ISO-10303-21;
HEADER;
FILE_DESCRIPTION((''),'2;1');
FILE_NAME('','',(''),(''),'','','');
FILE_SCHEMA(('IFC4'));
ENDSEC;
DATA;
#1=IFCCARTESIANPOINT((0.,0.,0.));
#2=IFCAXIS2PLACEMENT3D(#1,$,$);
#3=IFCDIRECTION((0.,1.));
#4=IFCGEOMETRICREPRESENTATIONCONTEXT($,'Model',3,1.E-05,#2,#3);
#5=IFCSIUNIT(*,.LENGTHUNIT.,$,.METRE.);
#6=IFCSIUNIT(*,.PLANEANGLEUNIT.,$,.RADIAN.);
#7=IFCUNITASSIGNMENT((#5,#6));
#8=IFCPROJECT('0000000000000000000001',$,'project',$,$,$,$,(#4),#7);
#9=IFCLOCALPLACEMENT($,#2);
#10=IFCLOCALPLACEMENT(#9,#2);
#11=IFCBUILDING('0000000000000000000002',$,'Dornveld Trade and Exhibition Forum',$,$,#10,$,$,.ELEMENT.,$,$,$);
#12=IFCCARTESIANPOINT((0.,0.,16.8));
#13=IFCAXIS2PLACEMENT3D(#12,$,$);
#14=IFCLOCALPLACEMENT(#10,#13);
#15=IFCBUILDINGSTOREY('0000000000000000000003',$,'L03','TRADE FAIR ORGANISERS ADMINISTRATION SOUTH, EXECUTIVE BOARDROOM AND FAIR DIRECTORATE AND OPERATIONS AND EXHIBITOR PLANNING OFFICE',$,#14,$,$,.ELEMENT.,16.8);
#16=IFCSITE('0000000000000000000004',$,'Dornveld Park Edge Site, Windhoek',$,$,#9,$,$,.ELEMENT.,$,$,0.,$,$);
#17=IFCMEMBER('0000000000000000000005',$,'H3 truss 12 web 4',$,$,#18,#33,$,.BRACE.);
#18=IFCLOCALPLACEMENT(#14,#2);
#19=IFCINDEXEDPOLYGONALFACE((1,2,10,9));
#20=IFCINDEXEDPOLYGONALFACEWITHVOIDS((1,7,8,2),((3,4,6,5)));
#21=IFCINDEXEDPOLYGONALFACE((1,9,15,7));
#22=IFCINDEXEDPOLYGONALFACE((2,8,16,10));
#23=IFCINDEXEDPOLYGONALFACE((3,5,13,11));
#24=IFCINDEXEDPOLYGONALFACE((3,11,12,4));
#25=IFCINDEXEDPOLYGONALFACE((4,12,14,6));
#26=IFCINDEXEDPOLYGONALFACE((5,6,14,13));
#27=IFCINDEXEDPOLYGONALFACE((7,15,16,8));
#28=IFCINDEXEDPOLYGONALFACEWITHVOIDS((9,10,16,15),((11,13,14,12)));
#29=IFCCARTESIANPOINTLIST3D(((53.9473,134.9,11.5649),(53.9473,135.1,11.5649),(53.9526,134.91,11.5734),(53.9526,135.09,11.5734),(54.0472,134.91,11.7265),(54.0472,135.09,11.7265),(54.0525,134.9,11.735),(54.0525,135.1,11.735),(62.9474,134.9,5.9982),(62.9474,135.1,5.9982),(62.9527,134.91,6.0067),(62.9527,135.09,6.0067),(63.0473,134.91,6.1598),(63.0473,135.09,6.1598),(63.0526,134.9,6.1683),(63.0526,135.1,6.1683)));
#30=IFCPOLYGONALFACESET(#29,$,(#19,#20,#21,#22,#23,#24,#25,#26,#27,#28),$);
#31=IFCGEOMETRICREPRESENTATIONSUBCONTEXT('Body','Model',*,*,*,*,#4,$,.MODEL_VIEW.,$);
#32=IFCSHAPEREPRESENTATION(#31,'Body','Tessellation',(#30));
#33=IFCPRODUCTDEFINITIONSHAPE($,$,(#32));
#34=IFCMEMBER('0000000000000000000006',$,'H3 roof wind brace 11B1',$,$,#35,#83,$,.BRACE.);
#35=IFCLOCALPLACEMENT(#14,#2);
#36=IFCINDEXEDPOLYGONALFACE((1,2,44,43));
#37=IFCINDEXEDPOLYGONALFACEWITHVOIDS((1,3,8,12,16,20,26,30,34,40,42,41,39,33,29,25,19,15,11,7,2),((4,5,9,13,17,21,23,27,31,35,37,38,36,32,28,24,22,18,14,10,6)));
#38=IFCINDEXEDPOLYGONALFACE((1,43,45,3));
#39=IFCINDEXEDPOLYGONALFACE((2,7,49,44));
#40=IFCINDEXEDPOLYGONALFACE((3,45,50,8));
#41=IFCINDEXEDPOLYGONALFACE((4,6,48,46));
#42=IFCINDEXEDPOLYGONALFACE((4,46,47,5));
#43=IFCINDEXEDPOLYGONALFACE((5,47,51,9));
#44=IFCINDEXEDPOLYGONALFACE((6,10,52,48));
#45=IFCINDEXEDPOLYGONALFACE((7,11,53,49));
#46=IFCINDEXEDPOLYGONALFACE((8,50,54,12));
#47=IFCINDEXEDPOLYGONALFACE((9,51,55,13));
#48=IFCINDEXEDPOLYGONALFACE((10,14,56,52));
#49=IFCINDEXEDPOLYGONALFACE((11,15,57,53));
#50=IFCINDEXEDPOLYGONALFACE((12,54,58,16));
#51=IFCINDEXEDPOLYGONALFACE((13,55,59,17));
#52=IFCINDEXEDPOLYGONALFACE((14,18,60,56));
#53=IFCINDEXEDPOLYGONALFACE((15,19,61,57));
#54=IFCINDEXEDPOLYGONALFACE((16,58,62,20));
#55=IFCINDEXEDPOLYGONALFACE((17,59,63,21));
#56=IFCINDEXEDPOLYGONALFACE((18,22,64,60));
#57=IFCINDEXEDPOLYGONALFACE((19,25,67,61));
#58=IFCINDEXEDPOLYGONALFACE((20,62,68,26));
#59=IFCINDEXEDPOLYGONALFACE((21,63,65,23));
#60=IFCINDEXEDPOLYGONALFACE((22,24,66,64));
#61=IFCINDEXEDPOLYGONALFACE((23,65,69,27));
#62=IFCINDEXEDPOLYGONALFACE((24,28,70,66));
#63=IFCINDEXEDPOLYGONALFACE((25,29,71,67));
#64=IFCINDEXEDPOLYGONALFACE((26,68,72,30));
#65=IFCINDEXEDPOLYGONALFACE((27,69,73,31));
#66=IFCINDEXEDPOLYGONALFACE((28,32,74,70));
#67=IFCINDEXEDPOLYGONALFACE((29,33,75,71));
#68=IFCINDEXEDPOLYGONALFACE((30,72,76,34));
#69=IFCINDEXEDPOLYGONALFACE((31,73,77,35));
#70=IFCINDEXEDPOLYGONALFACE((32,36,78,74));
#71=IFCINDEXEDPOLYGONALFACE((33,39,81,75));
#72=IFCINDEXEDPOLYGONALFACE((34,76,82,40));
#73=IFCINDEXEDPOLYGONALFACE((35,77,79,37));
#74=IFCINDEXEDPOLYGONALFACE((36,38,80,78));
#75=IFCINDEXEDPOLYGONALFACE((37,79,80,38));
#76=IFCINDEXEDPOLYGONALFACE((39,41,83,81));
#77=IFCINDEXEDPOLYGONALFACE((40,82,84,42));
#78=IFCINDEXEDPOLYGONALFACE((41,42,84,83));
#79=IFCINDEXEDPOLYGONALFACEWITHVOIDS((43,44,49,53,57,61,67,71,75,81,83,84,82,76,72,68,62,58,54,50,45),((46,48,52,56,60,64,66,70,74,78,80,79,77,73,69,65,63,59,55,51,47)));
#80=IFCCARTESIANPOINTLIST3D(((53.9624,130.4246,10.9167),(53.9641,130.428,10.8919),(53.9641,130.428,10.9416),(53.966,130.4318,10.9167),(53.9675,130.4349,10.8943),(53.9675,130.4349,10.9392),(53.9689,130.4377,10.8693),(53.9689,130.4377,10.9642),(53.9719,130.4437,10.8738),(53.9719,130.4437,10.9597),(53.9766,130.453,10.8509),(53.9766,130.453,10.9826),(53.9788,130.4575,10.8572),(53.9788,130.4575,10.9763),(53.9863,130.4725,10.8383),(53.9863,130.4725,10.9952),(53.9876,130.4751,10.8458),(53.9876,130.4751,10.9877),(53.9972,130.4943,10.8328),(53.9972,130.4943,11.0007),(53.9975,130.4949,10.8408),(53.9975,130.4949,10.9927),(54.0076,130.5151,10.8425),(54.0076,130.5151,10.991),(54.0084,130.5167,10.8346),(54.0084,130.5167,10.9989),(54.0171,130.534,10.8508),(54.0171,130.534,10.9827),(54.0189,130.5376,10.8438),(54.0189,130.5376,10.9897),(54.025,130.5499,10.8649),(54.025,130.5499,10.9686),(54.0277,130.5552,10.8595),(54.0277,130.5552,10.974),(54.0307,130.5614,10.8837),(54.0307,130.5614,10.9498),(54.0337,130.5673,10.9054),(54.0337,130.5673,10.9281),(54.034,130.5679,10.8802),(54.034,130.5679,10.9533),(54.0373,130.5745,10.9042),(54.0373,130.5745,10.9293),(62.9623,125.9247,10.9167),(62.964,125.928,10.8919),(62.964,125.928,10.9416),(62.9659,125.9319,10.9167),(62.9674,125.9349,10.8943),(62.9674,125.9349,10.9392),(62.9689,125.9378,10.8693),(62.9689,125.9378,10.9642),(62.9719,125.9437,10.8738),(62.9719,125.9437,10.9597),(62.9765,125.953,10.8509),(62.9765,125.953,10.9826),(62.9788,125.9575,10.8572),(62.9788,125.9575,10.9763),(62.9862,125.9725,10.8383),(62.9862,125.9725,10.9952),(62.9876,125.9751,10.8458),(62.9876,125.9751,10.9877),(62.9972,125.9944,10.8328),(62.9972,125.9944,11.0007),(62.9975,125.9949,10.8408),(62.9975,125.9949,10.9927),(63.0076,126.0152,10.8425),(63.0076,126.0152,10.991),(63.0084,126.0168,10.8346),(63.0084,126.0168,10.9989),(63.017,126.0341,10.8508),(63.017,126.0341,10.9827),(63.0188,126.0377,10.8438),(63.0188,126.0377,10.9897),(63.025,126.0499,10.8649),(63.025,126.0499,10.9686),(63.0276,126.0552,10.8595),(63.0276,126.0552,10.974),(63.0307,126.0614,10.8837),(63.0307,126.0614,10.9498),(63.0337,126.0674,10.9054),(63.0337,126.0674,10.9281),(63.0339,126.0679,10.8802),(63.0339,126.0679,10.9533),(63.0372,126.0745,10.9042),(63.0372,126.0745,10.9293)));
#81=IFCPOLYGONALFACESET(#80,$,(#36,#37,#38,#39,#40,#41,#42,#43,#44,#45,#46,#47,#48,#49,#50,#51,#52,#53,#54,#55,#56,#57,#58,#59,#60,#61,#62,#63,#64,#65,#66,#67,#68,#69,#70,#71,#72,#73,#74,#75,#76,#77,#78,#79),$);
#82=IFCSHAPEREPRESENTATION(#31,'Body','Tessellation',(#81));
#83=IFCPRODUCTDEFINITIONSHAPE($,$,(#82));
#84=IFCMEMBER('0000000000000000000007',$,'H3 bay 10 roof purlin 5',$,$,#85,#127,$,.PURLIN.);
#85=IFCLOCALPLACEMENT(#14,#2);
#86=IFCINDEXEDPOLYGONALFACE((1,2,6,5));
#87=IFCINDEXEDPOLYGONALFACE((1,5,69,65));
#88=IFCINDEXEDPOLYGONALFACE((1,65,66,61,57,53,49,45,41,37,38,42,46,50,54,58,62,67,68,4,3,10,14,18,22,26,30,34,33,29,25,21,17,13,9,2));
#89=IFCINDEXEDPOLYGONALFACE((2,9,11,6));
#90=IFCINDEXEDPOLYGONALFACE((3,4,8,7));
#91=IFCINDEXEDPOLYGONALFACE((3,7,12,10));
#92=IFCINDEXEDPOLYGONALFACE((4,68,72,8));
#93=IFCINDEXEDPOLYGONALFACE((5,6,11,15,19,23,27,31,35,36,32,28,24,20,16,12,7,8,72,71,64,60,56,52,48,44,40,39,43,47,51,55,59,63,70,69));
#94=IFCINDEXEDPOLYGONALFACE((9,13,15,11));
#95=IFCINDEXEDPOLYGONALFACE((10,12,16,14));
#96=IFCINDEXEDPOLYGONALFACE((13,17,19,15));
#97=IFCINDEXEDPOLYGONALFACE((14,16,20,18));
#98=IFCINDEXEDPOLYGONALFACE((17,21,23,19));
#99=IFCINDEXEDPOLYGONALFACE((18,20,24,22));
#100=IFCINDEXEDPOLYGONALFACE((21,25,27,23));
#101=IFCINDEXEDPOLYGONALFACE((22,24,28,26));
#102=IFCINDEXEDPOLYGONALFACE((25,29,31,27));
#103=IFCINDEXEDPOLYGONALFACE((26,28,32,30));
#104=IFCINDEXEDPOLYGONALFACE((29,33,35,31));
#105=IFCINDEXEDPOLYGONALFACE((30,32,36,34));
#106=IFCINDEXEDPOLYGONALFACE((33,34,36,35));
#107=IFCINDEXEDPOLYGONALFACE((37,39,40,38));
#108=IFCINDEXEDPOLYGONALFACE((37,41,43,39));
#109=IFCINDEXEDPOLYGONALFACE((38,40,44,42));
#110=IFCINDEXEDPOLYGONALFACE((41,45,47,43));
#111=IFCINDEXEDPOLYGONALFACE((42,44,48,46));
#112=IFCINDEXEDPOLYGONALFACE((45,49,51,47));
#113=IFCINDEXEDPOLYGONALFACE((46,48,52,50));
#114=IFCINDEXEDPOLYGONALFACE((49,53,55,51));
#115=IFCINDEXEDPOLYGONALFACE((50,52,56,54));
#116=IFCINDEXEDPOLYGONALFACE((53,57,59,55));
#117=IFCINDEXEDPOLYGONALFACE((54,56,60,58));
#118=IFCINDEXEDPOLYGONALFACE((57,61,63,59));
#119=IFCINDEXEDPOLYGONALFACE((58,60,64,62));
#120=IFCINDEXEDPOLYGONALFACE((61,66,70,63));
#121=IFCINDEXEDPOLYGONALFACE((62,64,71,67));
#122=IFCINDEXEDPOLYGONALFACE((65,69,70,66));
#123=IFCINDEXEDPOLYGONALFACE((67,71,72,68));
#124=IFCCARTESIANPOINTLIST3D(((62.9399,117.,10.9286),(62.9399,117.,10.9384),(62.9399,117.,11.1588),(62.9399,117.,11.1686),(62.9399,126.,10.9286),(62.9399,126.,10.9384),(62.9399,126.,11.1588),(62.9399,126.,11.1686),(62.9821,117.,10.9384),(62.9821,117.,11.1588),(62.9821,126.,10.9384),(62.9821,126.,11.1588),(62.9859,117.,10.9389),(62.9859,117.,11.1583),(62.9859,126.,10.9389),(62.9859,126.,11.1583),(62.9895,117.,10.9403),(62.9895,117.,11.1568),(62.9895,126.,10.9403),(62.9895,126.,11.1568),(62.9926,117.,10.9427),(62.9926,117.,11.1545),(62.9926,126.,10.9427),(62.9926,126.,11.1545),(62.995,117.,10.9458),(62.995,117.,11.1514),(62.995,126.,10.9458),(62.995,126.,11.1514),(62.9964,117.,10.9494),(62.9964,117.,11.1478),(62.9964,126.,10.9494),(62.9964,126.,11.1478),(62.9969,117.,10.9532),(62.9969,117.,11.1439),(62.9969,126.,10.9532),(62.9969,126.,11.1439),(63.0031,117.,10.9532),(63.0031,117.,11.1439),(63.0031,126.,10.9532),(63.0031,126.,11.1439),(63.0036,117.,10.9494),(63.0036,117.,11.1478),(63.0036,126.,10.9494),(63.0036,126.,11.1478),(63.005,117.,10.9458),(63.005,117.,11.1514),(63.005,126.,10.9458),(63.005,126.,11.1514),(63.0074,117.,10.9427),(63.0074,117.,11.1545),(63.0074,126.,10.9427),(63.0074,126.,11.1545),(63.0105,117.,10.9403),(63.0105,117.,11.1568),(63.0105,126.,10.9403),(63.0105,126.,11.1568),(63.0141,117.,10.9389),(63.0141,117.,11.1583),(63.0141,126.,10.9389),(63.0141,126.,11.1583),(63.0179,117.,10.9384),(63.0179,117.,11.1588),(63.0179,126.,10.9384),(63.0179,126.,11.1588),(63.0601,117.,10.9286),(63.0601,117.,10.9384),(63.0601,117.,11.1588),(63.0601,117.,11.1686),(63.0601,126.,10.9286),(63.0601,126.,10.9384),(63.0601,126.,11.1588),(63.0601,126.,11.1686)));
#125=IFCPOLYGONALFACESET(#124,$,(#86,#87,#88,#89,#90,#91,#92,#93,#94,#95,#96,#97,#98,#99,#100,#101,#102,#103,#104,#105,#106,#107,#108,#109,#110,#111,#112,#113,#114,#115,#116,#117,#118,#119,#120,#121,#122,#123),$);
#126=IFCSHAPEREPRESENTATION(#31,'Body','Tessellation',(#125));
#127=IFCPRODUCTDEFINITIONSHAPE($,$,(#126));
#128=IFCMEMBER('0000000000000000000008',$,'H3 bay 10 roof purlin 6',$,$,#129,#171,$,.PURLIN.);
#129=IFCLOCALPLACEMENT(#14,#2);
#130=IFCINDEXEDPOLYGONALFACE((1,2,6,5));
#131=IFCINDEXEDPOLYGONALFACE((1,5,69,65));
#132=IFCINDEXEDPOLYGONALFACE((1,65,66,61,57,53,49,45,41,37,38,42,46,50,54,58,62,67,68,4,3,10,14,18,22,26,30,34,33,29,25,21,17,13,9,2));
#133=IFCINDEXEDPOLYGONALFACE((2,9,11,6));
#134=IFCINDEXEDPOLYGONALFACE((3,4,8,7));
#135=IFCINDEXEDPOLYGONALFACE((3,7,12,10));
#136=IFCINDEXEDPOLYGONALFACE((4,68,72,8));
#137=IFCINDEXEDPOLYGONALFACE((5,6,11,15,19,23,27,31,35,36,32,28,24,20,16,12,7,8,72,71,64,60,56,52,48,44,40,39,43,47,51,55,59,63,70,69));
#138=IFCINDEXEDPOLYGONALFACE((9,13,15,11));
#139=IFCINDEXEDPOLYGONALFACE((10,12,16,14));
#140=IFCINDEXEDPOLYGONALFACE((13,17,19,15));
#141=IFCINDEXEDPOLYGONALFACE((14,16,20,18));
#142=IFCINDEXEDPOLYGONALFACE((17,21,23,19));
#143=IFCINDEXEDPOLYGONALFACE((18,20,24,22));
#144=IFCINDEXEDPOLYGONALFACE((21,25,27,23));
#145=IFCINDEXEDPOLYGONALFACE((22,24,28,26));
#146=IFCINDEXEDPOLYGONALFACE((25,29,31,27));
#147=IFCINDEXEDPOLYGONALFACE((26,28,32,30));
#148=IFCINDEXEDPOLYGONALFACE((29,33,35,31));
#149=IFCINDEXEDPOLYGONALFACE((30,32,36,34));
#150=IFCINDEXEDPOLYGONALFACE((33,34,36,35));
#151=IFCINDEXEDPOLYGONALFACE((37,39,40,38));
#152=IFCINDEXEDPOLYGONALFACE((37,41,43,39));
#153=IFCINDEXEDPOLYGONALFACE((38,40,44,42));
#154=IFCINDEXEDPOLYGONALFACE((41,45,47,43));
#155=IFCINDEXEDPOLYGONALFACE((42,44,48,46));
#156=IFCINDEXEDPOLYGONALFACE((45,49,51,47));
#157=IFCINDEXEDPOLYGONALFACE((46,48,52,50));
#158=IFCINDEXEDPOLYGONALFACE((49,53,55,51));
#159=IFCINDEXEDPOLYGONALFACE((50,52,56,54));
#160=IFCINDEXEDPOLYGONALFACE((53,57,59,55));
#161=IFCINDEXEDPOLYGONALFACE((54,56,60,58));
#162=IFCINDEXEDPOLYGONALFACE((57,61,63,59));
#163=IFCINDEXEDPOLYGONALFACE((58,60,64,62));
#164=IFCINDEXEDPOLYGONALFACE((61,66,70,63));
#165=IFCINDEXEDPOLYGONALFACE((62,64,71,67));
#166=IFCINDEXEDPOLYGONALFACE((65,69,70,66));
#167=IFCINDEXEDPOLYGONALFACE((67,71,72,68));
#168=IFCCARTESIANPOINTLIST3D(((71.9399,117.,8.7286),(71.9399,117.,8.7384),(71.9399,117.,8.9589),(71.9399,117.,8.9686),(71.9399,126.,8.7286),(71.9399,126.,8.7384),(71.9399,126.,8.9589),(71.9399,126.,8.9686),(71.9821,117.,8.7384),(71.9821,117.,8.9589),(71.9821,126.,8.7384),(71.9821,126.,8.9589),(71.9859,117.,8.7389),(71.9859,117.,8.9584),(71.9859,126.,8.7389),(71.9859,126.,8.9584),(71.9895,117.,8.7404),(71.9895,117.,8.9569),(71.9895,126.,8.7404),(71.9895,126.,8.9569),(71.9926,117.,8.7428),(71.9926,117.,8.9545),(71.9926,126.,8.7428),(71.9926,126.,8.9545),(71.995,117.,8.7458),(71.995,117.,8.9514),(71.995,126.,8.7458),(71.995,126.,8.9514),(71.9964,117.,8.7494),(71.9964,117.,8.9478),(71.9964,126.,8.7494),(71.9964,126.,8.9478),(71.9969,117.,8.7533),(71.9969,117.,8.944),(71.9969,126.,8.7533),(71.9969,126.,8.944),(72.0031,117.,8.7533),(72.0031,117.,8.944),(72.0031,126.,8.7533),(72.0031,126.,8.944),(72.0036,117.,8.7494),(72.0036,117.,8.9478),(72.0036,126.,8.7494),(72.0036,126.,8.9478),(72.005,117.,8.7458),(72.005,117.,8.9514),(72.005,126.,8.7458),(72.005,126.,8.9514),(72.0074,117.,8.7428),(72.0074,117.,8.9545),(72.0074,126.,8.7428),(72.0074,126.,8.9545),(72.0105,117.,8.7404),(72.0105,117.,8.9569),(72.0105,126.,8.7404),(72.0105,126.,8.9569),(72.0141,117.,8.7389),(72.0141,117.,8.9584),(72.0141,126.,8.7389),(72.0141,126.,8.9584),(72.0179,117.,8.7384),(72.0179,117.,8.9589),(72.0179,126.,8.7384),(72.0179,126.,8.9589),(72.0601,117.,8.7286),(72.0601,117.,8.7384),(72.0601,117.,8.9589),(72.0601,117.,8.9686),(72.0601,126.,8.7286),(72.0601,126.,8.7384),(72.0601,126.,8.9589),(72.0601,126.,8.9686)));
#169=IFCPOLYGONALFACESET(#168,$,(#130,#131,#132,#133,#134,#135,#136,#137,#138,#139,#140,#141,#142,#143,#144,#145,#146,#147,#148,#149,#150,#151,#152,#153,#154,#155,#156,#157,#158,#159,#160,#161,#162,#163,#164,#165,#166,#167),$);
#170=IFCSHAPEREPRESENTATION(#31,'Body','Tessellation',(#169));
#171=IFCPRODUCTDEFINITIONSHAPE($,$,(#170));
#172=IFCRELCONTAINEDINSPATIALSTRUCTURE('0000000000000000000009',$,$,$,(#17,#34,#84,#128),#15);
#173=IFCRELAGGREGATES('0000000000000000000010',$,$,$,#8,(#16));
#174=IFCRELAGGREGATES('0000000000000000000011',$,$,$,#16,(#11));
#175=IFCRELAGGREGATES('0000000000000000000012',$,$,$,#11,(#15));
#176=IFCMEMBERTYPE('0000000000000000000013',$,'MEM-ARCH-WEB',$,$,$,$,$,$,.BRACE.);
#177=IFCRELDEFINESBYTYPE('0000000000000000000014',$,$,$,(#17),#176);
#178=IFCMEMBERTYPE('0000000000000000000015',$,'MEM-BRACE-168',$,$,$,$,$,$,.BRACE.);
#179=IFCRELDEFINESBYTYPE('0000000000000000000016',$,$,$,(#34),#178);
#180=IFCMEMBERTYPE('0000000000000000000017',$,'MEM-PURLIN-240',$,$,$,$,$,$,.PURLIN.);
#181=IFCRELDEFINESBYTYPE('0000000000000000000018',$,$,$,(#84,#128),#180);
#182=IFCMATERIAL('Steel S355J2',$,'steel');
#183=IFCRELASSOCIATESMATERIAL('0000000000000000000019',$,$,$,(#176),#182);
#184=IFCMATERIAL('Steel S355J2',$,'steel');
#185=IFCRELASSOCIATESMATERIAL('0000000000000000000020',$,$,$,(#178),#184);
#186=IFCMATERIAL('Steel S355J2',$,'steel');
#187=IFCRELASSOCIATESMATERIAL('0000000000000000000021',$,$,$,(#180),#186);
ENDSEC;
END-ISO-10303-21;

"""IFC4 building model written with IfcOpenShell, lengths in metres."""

from ifc_helpers import new_model, si_unit, direction, frame, origin, origin_2d, place, context, subcontext, project, spatial, hollow_rectangle, hollow_circle, i_section, extrude, material, material_profile, profile_set, type_object, element, save


model = new_model("IFC4")

# Units and contexts
model_context = context("Model", 3, precision=1e-05, world=origin(), true_north=direction((0.0, 1.0)))
body_context = subcontext(model_context, "Body", "Model", "MODEL_VIEW")
ifc_project = project(units=[si_unit("LENGTHUNIT", "METRE"), si_unit("PLANEANGLEUNIT", "RADIAN")], contexts=[model_context])

# Site, building, storey
site_placement = place(None, origin())
site = spatial("IfcSite", under=ifc_project, at=site_placement, Name="Dornveld Park Edge Site, Windhoek", CompositionType="ELEMENT", RefElevation=0.0)
building_placement = place(site_placement, origin())
building = spatial("IfcBuilding", under=site, at=building_placement, Name="Dornveld Trade and Exhibition Forum", CompositionType="ELEMENT")
storey_placement = place(building_placement, frame((0.0, 0.0, 16.8)))
storey = spatial("IfcBuildingStorey", under=building, at=storey_placement, Name="L03", Description="TRADE FAIR ORGANISERS ADMINISTRATION SOUTH, EXECUTIVE BOARDROOM AND FAIR DIRECTORATE AND OPERATIONS AND EXHIBITOR PLANNING OFFICE", CompositionType="ELEMENT", Elevation=16.8)

# Members
ifc_material_1 = material(Name="Steel S355J2", Category="steel")
ifc_material_profile_1 = material_profile(ifc_material_1, hollow_rectangle(XDim=0.2, YDim=0.2, WallThickness=0.01, at=origin_2d()), Name="SHS 200x200x10")
ifc_profile_set_1 = profile_set([ifc_material_profile_1], Name="Steel S355J2")
member_type_1 = type_object("IfcMemberType", Name="MEM-ARCH-WEB", PredefinedType="BRACE", material=ifc_profile_set_1)
member_1_placement = place(storey_placement, frame((63.0, 135.0, 6.0833), z_axis=(-0.850467, 0.0, 0.526028), x_axis=(0.0, -1.0, 0.0)))
element("IfcMember", 1, at=member_1_placement, inside=storey, type_object=member_type_1, Name="H3 truss 12 web 4", PredefinedType="BRACE", context=body_context, shape_type="SweptSolid", body=[
    extrude(hollow_rectangle(XDim=0.2, YDim=0.2, WallThickness=0.01, at=origin_2d()), origin(), (0.0, 0.0, 1.0), 10.5825),
])
ifc_material_2 = material(Name="Steel S355J2", Category="steel")
ifc_material_profile_2 = material_profile(ifc_material_2, hollow_circle(Radius=0.0842, WallThickness=0.0081, at=origin_2d()), Name="CHS 168.3x8")
ifc_profile_set_2 = profile_set([ifc_material_profile_2], Name="Steel S355J2")
member_type_2 = type_object("IfcMemberType", Name="MEM-BRACE-168", PredefinedType="BRACE", material=ifc_profile_set_2)
member_2_placement = place(storey_placement, frame((63.0, 126.0, 10.9167), z_axis=(-0.894427, 0.447214, 0.0), x_axis=(-0.447214, -0.894427, 0.0)))
element("IfcMember", 2, at=member_2_placement, inside=storey, type_object=member_type_2, Name="H3 roof wind brace 11B1", PredefinedType="BRACE", context=body_context, shape_type="SweptSolid", body=[
    extrude(hollow_circle(Radius=0.0842, WallThickness=0.0081, at=origin_2d()), origin(), (0.0, 0.0, 1.0), 10.0623),
])
ifc_material_3 = material(Name="Steel S355J2", Category="steel")
ifc_material_profile_3 = material_profile(ifc_material_3, i_section(OverallWidth=0.1201, OverallDepth=0.24, WebThickness=0.0061, FlangeThickness=0.0098, FilletRadius=0.0149, at=origin_2d()), Name="IPE 240")
ifc_profile_set_3 = profile_set([ifc_material_profile_3], Name="Steel S355J2")
member_type_3 = type_object("IfcMemberType", Name="MEM-PURLIN-240", PredefinedType="PURLIN", material=ifc_profile_set_3)
for number, where, z_axis, x_axis, name in (
    (3, (63.0, 117.0, 11.0486), (0.0, 1.0, 0.0), (-1.0, 0.0, 0.0), "H3 bay 10 roof purlin 5"),
    (4, (72.0, 117.0, 8.8486), (0.0, 1.0, 0.0), (-1.0, 0.0, 0.0), "H3 bay 10 roof purlin 6"),
):
    element("IfcMember", number, at=place(storey_placement, frame(where, z_axis=z_axis, x_axis=x_axis)), inside=storey, type_object=member_type_3, Name=name, PredefinedType="PURLIN", context=body_context, shape_type="SweptSolid", body=[
        extrude(i_section(OverallWidth=0.1201, OverallDepth=0.24, WebThickness=0.0061, FlangeThickness=0.0098, FilletRadius=0.0149, at=origin_2d()), origin(), (0.0, 0.0, 1.0), 9.0),
    ])

save(model, "model.ifc")
